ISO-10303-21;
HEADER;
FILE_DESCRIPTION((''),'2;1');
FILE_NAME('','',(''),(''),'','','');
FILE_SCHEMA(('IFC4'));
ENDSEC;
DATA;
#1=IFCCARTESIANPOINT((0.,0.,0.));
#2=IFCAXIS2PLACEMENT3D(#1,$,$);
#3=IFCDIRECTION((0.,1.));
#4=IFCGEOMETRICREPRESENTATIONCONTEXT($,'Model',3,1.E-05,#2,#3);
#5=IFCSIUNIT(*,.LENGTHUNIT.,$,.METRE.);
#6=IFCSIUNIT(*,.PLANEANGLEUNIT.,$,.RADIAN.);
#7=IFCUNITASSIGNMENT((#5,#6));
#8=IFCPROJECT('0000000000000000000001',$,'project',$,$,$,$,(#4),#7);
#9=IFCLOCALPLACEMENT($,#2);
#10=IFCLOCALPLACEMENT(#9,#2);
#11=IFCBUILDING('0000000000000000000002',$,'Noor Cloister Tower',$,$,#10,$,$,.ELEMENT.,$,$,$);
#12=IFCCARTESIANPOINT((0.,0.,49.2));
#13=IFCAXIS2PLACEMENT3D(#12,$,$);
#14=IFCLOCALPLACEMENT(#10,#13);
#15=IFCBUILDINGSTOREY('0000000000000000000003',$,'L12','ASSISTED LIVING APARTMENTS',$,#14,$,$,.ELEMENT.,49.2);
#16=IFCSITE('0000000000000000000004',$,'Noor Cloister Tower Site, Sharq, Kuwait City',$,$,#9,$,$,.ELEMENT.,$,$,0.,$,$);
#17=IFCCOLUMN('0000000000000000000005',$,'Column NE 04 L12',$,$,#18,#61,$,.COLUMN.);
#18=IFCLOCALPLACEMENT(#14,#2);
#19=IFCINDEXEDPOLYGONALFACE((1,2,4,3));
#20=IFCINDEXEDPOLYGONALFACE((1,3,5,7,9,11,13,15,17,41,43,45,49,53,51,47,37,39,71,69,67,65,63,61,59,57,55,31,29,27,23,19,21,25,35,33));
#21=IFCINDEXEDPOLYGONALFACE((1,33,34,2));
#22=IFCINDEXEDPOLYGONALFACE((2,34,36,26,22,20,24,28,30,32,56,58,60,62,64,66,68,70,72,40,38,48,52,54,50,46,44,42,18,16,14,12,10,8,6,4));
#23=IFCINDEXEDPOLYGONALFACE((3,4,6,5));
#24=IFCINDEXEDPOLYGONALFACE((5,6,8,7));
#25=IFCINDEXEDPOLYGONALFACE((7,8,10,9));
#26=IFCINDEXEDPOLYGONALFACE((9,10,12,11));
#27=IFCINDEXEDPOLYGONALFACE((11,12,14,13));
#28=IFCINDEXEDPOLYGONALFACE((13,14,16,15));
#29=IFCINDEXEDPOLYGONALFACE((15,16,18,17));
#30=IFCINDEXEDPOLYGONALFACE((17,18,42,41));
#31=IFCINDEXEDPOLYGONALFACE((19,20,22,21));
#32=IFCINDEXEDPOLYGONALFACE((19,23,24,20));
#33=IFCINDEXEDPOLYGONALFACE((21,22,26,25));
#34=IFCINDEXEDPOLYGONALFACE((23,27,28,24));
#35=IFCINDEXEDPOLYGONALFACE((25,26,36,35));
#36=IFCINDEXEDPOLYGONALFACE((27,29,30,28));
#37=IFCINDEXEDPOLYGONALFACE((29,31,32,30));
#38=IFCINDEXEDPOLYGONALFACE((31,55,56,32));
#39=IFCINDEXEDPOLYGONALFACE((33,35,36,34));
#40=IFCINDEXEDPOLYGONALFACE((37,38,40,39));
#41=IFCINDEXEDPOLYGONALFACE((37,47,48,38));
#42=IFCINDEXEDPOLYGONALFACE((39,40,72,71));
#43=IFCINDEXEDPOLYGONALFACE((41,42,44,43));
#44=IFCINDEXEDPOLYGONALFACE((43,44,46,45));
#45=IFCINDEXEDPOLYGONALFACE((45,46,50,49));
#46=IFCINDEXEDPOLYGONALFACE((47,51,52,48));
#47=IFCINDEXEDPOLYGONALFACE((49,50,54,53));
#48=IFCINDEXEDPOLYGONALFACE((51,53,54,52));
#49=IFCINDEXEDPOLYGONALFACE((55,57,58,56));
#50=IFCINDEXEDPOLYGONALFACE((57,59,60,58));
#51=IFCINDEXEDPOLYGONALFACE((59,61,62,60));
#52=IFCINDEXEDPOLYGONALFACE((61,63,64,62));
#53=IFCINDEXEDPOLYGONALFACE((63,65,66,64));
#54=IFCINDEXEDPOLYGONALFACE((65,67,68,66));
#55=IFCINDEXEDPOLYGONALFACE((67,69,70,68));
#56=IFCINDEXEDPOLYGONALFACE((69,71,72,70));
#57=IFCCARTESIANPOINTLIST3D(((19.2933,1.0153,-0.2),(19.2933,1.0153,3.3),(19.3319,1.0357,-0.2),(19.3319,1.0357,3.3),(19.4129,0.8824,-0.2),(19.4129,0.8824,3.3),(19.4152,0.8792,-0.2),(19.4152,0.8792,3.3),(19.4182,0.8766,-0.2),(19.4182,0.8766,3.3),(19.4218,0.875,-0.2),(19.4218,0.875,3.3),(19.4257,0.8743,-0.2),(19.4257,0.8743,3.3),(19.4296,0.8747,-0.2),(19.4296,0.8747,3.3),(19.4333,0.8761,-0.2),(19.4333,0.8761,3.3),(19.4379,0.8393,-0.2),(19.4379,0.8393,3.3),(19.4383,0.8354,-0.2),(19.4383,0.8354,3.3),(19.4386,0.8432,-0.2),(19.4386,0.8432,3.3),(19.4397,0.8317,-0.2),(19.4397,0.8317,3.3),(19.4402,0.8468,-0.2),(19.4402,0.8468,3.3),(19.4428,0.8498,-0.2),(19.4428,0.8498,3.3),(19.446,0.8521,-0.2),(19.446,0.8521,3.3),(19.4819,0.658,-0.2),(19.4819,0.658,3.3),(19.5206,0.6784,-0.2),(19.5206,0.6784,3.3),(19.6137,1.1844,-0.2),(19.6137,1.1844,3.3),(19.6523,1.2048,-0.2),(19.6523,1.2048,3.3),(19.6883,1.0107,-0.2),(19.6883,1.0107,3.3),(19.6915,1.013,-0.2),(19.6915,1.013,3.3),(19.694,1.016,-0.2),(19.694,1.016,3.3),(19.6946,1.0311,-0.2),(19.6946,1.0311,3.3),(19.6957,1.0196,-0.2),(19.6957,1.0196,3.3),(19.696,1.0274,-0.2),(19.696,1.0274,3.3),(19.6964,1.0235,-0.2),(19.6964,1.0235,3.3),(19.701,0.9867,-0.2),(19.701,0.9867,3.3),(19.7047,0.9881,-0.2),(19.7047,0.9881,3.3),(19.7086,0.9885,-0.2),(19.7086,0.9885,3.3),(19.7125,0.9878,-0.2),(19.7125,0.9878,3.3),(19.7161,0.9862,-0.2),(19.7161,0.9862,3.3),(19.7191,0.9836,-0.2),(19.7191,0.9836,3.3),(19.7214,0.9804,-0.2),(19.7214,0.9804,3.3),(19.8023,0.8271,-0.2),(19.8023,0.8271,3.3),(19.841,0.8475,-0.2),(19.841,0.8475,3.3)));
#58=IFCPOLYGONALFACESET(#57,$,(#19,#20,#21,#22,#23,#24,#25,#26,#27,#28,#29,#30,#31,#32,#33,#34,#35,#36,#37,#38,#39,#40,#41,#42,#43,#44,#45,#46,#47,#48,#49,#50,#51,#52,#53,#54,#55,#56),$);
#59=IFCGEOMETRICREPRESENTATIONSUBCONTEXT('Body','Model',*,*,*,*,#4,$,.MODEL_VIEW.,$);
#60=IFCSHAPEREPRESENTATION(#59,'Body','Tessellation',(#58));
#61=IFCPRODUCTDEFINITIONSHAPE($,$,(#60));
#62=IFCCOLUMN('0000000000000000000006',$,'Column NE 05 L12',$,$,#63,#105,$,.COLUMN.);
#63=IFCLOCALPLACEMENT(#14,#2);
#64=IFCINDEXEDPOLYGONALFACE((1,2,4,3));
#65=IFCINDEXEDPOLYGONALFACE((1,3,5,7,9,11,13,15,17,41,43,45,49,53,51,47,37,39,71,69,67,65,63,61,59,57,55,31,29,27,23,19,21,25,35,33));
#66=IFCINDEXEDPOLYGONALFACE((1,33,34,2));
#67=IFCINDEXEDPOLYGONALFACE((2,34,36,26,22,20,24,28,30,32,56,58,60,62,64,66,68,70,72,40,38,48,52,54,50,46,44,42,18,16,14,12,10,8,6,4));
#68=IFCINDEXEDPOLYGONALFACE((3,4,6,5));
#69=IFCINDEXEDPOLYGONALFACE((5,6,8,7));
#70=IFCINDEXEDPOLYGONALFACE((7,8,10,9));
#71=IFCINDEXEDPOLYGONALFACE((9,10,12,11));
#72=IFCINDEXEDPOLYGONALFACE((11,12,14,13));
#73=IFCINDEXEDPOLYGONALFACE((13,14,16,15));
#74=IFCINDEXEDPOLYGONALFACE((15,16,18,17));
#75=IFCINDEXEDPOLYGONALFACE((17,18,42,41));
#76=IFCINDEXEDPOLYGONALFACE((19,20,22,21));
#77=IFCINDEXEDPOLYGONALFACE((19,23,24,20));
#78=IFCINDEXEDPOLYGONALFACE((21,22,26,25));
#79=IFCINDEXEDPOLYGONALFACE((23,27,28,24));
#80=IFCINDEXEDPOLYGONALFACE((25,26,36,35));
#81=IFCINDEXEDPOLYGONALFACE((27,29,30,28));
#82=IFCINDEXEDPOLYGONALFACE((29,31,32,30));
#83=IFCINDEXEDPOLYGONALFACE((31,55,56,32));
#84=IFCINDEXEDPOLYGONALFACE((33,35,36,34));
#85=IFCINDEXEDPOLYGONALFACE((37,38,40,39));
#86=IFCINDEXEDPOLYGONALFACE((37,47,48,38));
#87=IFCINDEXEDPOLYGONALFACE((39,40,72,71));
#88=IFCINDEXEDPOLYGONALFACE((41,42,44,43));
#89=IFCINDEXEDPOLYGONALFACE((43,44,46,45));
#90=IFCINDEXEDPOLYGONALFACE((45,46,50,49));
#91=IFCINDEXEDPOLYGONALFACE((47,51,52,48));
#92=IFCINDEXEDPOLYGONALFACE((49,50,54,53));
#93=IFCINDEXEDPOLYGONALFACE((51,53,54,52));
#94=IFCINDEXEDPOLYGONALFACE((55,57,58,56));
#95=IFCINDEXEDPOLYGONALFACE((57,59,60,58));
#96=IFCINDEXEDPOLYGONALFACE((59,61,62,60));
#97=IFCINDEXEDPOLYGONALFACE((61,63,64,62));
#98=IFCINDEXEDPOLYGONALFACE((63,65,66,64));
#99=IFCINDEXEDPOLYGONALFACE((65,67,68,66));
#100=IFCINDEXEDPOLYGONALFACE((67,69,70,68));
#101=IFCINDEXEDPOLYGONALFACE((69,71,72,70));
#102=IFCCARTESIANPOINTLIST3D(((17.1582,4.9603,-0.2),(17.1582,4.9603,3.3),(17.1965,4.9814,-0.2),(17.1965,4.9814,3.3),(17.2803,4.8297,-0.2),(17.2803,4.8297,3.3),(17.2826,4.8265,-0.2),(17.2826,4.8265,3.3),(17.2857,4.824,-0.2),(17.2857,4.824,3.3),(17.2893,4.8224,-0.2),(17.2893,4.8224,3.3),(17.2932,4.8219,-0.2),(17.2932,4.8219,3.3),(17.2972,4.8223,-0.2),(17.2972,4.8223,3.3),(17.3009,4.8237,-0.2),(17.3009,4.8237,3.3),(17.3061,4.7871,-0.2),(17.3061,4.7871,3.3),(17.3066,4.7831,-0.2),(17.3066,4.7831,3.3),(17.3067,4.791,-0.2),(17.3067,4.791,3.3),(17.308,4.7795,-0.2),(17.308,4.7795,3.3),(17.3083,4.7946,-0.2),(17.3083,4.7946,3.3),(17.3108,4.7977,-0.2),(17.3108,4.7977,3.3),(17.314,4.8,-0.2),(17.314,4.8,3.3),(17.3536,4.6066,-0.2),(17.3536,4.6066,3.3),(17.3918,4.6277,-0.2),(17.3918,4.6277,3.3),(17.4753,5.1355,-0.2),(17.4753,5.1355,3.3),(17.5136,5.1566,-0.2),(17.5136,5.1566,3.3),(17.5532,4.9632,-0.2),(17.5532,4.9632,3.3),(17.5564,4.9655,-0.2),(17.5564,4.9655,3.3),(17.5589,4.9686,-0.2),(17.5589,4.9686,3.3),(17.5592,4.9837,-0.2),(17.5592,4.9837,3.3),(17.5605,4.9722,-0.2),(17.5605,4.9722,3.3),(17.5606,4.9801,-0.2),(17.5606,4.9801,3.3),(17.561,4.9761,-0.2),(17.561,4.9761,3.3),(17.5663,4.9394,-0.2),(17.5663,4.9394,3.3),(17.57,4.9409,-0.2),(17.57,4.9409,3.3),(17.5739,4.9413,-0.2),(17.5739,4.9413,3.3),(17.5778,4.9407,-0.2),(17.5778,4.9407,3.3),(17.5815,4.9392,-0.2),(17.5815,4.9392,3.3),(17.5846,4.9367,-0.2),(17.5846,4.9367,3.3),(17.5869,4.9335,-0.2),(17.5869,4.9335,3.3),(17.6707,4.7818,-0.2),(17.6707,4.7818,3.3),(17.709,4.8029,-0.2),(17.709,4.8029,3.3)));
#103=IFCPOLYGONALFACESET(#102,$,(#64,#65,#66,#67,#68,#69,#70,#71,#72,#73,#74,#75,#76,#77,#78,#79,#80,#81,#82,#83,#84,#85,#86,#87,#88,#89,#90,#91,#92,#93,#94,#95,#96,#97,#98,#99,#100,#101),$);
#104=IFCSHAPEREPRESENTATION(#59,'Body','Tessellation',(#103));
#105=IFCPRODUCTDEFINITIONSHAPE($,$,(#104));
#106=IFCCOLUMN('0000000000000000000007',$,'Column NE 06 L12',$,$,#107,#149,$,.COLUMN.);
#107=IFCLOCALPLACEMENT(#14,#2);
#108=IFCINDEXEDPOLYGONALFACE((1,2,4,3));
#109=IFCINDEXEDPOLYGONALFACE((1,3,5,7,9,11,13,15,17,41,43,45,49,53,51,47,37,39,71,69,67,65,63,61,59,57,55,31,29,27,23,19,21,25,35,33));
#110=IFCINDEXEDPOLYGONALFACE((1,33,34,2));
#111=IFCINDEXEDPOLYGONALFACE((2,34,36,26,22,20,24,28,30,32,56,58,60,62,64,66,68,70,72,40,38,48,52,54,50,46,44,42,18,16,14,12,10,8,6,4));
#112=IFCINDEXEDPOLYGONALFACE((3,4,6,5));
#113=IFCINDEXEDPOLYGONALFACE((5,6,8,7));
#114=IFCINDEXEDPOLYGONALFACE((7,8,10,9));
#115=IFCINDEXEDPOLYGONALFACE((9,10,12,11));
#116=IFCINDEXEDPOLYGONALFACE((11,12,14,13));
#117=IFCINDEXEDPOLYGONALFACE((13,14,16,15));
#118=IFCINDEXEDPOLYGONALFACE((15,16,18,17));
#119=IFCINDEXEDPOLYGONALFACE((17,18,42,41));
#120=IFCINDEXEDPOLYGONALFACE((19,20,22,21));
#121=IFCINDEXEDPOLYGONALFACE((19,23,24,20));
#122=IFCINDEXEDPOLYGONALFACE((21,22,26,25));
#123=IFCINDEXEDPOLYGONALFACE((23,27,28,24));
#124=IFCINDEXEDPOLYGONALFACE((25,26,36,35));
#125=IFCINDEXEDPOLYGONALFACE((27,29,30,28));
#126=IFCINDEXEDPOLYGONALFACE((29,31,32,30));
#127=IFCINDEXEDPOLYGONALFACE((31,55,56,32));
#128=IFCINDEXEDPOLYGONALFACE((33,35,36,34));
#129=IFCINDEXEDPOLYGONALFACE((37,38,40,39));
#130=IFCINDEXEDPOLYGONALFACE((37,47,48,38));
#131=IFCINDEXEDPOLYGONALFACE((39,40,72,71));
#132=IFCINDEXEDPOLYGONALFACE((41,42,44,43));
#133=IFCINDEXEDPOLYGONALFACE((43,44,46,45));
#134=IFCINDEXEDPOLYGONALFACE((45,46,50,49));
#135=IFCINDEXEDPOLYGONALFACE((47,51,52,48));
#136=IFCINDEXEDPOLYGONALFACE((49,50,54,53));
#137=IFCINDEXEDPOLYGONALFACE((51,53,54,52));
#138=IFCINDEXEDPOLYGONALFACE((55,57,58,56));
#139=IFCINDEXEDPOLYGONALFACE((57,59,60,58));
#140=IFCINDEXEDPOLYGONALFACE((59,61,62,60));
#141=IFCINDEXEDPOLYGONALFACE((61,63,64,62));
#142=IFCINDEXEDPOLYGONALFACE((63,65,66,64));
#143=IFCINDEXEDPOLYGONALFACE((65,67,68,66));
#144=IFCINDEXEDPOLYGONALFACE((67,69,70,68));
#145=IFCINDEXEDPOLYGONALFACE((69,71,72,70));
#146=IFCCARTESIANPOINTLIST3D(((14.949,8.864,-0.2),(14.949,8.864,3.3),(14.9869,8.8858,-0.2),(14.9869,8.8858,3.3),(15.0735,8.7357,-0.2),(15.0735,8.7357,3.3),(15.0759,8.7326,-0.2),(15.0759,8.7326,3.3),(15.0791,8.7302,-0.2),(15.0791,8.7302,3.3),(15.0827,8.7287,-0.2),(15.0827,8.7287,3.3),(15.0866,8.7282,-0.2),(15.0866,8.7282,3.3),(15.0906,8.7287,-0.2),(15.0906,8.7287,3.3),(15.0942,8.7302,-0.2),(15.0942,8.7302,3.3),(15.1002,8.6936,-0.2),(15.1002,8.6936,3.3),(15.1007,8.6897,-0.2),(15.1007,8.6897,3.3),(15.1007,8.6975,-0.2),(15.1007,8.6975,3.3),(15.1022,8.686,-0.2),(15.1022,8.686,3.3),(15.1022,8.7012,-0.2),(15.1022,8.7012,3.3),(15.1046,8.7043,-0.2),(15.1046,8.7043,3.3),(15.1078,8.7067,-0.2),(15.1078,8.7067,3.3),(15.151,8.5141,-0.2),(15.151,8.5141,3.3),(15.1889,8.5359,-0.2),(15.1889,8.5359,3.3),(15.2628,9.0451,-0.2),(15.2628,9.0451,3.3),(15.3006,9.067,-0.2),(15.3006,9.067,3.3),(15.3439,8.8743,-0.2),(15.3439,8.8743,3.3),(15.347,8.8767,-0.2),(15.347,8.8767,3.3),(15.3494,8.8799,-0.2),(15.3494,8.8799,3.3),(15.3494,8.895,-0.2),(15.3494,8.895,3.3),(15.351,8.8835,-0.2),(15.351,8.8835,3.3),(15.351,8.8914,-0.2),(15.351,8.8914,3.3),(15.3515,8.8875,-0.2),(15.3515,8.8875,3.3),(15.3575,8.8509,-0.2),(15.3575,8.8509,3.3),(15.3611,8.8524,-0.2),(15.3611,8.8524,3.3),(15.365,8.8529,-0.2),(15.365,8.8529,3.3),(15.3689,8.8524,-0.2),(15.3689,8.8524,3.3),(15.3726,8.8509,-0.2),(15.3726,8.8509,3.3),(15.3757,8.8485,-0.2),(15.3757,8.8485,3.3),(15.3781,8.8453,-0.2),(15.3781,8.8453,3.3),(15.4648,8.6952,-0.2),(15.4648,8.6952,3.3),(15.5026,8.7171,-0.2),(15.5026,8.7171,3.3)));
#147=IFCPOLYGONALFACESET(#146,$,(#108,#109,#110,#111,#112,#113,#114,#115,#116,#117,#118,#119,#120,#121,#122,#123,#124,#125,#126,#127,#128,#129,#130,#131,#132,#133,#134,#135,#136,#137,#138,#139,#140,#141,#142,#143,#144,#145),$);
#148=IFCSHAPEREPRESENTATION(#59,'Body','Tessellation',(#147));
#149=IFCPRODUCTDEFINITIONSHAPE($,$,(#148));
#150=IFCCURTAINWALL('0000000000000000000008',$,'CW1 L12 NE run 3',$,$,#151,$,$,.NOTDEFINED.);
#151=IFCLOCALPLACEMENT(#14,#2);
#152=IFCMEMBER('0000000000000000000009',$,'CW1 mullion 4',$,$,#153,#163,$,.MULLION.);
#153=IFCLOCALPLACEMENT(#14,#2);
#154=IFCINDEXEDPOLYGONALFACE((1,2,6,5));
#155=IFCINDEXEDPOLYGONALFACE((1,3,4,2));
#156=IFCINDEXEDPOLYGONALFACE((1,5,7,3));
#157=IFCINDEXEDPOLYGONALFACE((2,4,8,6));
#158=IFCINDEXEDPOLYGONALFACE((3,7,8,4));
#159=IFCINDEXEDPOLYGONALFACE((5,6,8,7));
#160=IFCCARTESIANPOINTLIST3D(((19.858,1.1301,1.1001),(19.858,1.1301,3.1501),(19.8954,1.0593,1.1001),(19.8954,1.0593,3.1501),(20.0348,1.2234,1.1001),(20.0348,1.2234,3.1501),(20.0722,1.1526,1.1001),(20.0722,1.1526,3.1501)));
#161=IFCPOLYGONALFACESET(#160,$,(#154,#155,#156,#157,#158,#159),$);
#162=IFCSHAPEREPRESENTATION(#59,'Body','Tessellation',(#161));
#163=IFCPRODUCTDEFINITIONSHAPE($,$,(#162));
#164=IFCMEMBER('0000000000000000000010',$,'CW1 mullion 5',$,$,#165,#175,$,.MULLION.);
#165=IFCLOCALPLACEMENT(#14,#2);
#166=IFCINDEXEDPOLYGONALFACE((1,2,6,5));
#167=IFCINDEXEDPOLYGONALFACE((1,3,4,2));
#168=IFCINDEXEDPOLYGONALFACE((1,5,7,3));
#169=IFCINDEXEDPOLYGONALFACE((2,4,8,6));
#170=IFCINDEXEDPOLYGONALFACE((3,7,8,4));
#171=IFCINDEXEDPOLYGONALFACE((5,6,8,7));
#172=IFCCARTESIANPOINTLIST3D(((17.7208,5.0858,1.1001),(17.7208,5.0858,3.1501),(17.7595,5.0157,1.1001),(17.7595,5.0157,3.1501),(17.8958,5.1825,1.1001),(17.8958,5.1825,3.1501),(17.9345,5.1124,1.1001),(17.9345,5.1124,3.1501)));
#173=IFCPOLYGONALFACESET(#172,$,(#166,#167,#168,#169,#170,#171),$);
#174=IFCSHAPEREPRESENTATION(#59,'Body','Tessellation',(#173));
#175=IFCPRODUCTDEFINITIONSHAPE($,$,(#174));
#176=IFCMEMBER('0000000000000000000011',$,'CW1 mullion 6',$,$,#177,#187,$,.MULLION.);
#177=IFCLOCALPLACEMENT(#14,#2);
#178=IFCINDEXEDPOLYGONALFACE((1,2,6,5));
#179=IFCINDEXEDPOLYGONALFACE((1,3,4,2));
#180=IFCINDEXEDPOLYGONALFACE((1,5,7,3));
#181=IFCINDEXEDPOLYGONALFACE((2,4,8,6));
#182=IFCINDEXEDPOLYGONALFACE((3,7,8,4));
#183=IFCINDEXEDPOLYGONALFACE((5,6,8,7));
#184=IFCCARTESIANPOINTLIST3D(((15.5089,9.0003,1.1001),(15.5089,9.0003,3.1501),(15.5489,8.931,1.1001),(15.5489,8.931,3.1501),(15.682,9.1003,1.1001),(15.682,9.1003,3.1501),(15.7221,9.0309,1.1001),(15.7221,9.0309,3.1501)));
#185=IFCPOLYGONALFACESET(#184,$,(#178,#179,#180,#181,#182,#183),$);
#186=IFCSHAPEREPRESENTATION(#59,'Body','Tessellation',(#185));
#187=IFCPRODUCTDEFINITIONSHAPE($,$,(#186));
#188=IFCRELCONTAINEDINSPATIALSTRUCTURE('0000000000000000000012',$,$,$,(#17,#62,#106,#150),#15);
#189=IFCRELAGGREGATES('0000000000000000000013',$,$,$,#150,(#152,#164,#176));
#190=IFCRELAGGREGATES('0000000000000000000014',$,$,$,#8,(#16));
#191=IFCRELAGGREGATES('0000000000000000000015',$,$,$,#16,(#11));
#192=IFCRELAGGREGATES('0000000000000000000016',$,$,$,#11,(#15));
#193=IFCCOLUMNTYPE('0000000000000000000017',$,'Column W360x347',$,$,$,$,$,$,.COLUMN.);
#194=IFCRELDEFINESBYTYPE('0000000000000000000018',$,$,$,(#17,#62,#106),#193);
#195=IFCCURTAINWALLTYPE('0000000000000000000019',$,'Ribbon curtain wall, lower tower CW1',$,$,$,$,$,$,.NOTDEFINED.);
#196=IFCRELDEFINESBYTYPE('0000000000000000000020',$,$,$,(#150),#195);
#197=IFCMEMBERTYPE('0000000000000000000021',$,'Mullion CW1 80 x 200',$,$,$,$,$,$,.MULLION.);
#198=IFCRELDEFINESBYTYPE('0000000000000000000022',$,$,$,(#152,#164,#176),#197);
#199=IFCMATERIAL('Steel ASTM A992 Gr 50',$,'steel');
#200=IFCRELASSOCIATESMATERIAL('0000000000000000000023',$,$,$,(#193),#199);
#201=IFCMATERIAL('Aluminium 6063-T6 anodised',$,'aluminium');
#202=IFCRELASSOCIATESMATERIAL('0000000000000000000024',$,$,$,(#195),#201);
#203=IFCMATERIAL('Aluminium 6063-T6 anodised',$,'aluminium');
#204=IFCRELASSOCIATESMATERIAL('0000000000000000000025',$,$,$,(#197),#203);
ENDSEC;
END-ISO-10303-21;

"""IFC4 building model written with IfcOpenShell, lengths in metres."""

from ifc_helpers import new_model, si_unit, direction, frame, origin, origin_2d, place, context, subcontext, project, spatial, rectangle, i_section, extrude, material, material_profile, profile_set, type_object, element, aggregate, save


model = new_model("IFC4")

# Units and contexts
model_context = context("Model", 3, precision=1e-05, world=origin(), true_north=direction((0.0, 1.0)))
body_context = subcontext(model_context, "Body", "Model", "MODEL_VIEW")
ifc_project = project(units=[si_unit("LENGTHUNIT", "METRE"), si_unit("PLANEANGLEUNIT", "RADIAN")], contexts=[model_context])

# Site, building, storey
site_placement = place(None, origin())
site = spatial("IfcSite", under=ifc_project, at=site_placement, Name="Noor Cloister Tower Site, Sharq, Kuwait City", CompositionType="ELEMENT", RefElevation=0.0)
building_placement = place(site_placement, origin())
building = spatial("IfcBuilding", under=site, at=building_placement, Name="Noor Cloister Tower", CompositionType="ELEMENT")
storey_placement = place(building_placement, frame((0.0, 0.0, 49.2)))
storey = spatial("IfcBuildingStorey", under=building, at=storey_placement, Name="L12", Description="ASSISTED LIVING APARTMENTS", CompositionType="ELEMENT", Elevation=49.2)

# Columns
ifc_material_1 = material(Name="Steel ASTM A992 Gr 50", Category="steel")
ifc_material_profile_1 = material_profile(ifc_material_1, i_section(OverallWidth=0.4041, OverallDepth=0.406, WebThickness=0.0271, FlangeThickness=0.0437, FilletRadius=0.0151, at=origin_2d()), Name="W360x347")
ifc_profile_set_1 = profile_set([ifc_material_profile_1], Name="Steel ASTM A992 Gr 50")
column_type = type_object("IfcColumnType", Name="Column W360x347", PredefinedType="COLUMN", material=ifc_profile_set_1)
for number, where, z_axis, x_axis, name in (
    (1, (19.5671, 0.9314, -0.2), (0.0, 0.0, 1.0), (-0.466887, 0.884317, 0.0), "Column NE 04 L12"),
    (2, (17.4336, 4.8816, -0.2), (0.0, 0.0, 1.0), (-0.48353, 0.875328, 0.0), "Column NE 05 L12"),
    (3, (15.2258, 8.7905, -0.2), (0.0, 0.0, 1.0), (-0.5, 0.866025, 0.0), "Column NE 06 L12"),
):
    element("IfcColumn", number, at=place(storey_placement, frame(where, z_axis=z_axis, x_axis=x_axis)), inside=storey, type_object=column_type, Name=name, PredefinedType="COLUMN", context=body_context, shape_type="SweptSolid", body=[
        extrude(i_section(OverallWidth=0.4041, OverallDepth=0.406, WebThickness=0.0271, FlangeThickness=0.0437, FilletRadius=0.0151, at=origin_2d()), origin(), (0.0, 0.0, 1.0), 3.5),
    ])

# Curtain wall, members
ifc_material_2 = material(Name="Aluminium 6063-T6 anodised", Category="aluminium")
curtain_wall_type = type_object("IfcCurtainWallType", Name="Ribbon curtain wall, lower tower CW1", PredefinedType="NOTDEFINED", material=ifc_material_2)
curtain_wall_placement = place(storey_placement, origin())
curtain_wall = element("IfcCurtainWall", 4, at=curtain_wall_placement, inside=storey, type_object=curtain_wall_type, Name="CW1 L12 NE run 3", PredefinedType="NOTDEFINED")
ifc_material_3 = material(Name="Aluminium 6063-T6 anodised", Category="aluminium")
ifc_material_profile_2 = material_profile(ifc_material_3, rectangle(XDim=0.2, YDim=0.0801, at=origin_2d()), Name="200 x 80 mullion")
ifc_profile_set_2 = profile_set([ifc_material_profile_2], Name="Aluminium 6063-T6 anodised")
member_type = type_object("IfcMemberType", Name="Mullion CW1 80 x 200", PredefinedType="MULLION", material=ifc_profile_set_2)
member_1_placement = place(storey_placement, frame((19.9651, 1.1414, 1.1001), z_axis=(0.0, 0.0, 1.0), x_axis=(-0.884317, -0.466887, 0.0)))
member_1 = element("IfcMember", 5, at=member_1_placement, type_object=member_type, Name="CW1 mullion 4", PredefinedType="MULLION", context=body_context, shape_type="SweptSolid", body=[
    extrude(rectangle(XDim=0.2, YDim=0.0801, at=origin_2d()), origin(), (0.0, 0.0, 1.0), 2.05),
])
member_2_placement = place(storey_placement, frame((17.8276, 5.0991, 1.1001), z_axis=(0.0, 0.0, 1.0), x_axis=(-0.875328, -0.48353, 0.0)))
member_2 = element("IfcMember", 6, at=member_2_placement, type_object=member_type, Name="CW1 mullion 5", PredefinedType="MULLION", context=body_context, shape_type="SweptSolid", body=[
    extrude(rectangle(XDim=0.2, YDim=0.0801, at=origin_2d()), origin(), (0.0, 0.0, 1.0), 2.05),
])
member_3_placement = place(storey_placement, frame((15.6155, 9.0156, 1.1001), z_axis=(0.0, 0.0, 1.0), x_axis=(-0.866025, -0.5, 0.0)))
member_3 = element("IfcMember", 7, at=member_3_placement, type_object=member_type, Name="CW1 mullion 6", PredefinedType="MULLION", context=body_context, shape_type="SweptSolid", body=[
    extrude(rectangle(XDim=0.2, YDim=0.0801, at=origin_2d()), origin(), (0.0, 0.0, 1.0), 2.05),
])

aggregate(curtain_wall, [member_1, member_2, member_3])

save(model, "model.ifc")
